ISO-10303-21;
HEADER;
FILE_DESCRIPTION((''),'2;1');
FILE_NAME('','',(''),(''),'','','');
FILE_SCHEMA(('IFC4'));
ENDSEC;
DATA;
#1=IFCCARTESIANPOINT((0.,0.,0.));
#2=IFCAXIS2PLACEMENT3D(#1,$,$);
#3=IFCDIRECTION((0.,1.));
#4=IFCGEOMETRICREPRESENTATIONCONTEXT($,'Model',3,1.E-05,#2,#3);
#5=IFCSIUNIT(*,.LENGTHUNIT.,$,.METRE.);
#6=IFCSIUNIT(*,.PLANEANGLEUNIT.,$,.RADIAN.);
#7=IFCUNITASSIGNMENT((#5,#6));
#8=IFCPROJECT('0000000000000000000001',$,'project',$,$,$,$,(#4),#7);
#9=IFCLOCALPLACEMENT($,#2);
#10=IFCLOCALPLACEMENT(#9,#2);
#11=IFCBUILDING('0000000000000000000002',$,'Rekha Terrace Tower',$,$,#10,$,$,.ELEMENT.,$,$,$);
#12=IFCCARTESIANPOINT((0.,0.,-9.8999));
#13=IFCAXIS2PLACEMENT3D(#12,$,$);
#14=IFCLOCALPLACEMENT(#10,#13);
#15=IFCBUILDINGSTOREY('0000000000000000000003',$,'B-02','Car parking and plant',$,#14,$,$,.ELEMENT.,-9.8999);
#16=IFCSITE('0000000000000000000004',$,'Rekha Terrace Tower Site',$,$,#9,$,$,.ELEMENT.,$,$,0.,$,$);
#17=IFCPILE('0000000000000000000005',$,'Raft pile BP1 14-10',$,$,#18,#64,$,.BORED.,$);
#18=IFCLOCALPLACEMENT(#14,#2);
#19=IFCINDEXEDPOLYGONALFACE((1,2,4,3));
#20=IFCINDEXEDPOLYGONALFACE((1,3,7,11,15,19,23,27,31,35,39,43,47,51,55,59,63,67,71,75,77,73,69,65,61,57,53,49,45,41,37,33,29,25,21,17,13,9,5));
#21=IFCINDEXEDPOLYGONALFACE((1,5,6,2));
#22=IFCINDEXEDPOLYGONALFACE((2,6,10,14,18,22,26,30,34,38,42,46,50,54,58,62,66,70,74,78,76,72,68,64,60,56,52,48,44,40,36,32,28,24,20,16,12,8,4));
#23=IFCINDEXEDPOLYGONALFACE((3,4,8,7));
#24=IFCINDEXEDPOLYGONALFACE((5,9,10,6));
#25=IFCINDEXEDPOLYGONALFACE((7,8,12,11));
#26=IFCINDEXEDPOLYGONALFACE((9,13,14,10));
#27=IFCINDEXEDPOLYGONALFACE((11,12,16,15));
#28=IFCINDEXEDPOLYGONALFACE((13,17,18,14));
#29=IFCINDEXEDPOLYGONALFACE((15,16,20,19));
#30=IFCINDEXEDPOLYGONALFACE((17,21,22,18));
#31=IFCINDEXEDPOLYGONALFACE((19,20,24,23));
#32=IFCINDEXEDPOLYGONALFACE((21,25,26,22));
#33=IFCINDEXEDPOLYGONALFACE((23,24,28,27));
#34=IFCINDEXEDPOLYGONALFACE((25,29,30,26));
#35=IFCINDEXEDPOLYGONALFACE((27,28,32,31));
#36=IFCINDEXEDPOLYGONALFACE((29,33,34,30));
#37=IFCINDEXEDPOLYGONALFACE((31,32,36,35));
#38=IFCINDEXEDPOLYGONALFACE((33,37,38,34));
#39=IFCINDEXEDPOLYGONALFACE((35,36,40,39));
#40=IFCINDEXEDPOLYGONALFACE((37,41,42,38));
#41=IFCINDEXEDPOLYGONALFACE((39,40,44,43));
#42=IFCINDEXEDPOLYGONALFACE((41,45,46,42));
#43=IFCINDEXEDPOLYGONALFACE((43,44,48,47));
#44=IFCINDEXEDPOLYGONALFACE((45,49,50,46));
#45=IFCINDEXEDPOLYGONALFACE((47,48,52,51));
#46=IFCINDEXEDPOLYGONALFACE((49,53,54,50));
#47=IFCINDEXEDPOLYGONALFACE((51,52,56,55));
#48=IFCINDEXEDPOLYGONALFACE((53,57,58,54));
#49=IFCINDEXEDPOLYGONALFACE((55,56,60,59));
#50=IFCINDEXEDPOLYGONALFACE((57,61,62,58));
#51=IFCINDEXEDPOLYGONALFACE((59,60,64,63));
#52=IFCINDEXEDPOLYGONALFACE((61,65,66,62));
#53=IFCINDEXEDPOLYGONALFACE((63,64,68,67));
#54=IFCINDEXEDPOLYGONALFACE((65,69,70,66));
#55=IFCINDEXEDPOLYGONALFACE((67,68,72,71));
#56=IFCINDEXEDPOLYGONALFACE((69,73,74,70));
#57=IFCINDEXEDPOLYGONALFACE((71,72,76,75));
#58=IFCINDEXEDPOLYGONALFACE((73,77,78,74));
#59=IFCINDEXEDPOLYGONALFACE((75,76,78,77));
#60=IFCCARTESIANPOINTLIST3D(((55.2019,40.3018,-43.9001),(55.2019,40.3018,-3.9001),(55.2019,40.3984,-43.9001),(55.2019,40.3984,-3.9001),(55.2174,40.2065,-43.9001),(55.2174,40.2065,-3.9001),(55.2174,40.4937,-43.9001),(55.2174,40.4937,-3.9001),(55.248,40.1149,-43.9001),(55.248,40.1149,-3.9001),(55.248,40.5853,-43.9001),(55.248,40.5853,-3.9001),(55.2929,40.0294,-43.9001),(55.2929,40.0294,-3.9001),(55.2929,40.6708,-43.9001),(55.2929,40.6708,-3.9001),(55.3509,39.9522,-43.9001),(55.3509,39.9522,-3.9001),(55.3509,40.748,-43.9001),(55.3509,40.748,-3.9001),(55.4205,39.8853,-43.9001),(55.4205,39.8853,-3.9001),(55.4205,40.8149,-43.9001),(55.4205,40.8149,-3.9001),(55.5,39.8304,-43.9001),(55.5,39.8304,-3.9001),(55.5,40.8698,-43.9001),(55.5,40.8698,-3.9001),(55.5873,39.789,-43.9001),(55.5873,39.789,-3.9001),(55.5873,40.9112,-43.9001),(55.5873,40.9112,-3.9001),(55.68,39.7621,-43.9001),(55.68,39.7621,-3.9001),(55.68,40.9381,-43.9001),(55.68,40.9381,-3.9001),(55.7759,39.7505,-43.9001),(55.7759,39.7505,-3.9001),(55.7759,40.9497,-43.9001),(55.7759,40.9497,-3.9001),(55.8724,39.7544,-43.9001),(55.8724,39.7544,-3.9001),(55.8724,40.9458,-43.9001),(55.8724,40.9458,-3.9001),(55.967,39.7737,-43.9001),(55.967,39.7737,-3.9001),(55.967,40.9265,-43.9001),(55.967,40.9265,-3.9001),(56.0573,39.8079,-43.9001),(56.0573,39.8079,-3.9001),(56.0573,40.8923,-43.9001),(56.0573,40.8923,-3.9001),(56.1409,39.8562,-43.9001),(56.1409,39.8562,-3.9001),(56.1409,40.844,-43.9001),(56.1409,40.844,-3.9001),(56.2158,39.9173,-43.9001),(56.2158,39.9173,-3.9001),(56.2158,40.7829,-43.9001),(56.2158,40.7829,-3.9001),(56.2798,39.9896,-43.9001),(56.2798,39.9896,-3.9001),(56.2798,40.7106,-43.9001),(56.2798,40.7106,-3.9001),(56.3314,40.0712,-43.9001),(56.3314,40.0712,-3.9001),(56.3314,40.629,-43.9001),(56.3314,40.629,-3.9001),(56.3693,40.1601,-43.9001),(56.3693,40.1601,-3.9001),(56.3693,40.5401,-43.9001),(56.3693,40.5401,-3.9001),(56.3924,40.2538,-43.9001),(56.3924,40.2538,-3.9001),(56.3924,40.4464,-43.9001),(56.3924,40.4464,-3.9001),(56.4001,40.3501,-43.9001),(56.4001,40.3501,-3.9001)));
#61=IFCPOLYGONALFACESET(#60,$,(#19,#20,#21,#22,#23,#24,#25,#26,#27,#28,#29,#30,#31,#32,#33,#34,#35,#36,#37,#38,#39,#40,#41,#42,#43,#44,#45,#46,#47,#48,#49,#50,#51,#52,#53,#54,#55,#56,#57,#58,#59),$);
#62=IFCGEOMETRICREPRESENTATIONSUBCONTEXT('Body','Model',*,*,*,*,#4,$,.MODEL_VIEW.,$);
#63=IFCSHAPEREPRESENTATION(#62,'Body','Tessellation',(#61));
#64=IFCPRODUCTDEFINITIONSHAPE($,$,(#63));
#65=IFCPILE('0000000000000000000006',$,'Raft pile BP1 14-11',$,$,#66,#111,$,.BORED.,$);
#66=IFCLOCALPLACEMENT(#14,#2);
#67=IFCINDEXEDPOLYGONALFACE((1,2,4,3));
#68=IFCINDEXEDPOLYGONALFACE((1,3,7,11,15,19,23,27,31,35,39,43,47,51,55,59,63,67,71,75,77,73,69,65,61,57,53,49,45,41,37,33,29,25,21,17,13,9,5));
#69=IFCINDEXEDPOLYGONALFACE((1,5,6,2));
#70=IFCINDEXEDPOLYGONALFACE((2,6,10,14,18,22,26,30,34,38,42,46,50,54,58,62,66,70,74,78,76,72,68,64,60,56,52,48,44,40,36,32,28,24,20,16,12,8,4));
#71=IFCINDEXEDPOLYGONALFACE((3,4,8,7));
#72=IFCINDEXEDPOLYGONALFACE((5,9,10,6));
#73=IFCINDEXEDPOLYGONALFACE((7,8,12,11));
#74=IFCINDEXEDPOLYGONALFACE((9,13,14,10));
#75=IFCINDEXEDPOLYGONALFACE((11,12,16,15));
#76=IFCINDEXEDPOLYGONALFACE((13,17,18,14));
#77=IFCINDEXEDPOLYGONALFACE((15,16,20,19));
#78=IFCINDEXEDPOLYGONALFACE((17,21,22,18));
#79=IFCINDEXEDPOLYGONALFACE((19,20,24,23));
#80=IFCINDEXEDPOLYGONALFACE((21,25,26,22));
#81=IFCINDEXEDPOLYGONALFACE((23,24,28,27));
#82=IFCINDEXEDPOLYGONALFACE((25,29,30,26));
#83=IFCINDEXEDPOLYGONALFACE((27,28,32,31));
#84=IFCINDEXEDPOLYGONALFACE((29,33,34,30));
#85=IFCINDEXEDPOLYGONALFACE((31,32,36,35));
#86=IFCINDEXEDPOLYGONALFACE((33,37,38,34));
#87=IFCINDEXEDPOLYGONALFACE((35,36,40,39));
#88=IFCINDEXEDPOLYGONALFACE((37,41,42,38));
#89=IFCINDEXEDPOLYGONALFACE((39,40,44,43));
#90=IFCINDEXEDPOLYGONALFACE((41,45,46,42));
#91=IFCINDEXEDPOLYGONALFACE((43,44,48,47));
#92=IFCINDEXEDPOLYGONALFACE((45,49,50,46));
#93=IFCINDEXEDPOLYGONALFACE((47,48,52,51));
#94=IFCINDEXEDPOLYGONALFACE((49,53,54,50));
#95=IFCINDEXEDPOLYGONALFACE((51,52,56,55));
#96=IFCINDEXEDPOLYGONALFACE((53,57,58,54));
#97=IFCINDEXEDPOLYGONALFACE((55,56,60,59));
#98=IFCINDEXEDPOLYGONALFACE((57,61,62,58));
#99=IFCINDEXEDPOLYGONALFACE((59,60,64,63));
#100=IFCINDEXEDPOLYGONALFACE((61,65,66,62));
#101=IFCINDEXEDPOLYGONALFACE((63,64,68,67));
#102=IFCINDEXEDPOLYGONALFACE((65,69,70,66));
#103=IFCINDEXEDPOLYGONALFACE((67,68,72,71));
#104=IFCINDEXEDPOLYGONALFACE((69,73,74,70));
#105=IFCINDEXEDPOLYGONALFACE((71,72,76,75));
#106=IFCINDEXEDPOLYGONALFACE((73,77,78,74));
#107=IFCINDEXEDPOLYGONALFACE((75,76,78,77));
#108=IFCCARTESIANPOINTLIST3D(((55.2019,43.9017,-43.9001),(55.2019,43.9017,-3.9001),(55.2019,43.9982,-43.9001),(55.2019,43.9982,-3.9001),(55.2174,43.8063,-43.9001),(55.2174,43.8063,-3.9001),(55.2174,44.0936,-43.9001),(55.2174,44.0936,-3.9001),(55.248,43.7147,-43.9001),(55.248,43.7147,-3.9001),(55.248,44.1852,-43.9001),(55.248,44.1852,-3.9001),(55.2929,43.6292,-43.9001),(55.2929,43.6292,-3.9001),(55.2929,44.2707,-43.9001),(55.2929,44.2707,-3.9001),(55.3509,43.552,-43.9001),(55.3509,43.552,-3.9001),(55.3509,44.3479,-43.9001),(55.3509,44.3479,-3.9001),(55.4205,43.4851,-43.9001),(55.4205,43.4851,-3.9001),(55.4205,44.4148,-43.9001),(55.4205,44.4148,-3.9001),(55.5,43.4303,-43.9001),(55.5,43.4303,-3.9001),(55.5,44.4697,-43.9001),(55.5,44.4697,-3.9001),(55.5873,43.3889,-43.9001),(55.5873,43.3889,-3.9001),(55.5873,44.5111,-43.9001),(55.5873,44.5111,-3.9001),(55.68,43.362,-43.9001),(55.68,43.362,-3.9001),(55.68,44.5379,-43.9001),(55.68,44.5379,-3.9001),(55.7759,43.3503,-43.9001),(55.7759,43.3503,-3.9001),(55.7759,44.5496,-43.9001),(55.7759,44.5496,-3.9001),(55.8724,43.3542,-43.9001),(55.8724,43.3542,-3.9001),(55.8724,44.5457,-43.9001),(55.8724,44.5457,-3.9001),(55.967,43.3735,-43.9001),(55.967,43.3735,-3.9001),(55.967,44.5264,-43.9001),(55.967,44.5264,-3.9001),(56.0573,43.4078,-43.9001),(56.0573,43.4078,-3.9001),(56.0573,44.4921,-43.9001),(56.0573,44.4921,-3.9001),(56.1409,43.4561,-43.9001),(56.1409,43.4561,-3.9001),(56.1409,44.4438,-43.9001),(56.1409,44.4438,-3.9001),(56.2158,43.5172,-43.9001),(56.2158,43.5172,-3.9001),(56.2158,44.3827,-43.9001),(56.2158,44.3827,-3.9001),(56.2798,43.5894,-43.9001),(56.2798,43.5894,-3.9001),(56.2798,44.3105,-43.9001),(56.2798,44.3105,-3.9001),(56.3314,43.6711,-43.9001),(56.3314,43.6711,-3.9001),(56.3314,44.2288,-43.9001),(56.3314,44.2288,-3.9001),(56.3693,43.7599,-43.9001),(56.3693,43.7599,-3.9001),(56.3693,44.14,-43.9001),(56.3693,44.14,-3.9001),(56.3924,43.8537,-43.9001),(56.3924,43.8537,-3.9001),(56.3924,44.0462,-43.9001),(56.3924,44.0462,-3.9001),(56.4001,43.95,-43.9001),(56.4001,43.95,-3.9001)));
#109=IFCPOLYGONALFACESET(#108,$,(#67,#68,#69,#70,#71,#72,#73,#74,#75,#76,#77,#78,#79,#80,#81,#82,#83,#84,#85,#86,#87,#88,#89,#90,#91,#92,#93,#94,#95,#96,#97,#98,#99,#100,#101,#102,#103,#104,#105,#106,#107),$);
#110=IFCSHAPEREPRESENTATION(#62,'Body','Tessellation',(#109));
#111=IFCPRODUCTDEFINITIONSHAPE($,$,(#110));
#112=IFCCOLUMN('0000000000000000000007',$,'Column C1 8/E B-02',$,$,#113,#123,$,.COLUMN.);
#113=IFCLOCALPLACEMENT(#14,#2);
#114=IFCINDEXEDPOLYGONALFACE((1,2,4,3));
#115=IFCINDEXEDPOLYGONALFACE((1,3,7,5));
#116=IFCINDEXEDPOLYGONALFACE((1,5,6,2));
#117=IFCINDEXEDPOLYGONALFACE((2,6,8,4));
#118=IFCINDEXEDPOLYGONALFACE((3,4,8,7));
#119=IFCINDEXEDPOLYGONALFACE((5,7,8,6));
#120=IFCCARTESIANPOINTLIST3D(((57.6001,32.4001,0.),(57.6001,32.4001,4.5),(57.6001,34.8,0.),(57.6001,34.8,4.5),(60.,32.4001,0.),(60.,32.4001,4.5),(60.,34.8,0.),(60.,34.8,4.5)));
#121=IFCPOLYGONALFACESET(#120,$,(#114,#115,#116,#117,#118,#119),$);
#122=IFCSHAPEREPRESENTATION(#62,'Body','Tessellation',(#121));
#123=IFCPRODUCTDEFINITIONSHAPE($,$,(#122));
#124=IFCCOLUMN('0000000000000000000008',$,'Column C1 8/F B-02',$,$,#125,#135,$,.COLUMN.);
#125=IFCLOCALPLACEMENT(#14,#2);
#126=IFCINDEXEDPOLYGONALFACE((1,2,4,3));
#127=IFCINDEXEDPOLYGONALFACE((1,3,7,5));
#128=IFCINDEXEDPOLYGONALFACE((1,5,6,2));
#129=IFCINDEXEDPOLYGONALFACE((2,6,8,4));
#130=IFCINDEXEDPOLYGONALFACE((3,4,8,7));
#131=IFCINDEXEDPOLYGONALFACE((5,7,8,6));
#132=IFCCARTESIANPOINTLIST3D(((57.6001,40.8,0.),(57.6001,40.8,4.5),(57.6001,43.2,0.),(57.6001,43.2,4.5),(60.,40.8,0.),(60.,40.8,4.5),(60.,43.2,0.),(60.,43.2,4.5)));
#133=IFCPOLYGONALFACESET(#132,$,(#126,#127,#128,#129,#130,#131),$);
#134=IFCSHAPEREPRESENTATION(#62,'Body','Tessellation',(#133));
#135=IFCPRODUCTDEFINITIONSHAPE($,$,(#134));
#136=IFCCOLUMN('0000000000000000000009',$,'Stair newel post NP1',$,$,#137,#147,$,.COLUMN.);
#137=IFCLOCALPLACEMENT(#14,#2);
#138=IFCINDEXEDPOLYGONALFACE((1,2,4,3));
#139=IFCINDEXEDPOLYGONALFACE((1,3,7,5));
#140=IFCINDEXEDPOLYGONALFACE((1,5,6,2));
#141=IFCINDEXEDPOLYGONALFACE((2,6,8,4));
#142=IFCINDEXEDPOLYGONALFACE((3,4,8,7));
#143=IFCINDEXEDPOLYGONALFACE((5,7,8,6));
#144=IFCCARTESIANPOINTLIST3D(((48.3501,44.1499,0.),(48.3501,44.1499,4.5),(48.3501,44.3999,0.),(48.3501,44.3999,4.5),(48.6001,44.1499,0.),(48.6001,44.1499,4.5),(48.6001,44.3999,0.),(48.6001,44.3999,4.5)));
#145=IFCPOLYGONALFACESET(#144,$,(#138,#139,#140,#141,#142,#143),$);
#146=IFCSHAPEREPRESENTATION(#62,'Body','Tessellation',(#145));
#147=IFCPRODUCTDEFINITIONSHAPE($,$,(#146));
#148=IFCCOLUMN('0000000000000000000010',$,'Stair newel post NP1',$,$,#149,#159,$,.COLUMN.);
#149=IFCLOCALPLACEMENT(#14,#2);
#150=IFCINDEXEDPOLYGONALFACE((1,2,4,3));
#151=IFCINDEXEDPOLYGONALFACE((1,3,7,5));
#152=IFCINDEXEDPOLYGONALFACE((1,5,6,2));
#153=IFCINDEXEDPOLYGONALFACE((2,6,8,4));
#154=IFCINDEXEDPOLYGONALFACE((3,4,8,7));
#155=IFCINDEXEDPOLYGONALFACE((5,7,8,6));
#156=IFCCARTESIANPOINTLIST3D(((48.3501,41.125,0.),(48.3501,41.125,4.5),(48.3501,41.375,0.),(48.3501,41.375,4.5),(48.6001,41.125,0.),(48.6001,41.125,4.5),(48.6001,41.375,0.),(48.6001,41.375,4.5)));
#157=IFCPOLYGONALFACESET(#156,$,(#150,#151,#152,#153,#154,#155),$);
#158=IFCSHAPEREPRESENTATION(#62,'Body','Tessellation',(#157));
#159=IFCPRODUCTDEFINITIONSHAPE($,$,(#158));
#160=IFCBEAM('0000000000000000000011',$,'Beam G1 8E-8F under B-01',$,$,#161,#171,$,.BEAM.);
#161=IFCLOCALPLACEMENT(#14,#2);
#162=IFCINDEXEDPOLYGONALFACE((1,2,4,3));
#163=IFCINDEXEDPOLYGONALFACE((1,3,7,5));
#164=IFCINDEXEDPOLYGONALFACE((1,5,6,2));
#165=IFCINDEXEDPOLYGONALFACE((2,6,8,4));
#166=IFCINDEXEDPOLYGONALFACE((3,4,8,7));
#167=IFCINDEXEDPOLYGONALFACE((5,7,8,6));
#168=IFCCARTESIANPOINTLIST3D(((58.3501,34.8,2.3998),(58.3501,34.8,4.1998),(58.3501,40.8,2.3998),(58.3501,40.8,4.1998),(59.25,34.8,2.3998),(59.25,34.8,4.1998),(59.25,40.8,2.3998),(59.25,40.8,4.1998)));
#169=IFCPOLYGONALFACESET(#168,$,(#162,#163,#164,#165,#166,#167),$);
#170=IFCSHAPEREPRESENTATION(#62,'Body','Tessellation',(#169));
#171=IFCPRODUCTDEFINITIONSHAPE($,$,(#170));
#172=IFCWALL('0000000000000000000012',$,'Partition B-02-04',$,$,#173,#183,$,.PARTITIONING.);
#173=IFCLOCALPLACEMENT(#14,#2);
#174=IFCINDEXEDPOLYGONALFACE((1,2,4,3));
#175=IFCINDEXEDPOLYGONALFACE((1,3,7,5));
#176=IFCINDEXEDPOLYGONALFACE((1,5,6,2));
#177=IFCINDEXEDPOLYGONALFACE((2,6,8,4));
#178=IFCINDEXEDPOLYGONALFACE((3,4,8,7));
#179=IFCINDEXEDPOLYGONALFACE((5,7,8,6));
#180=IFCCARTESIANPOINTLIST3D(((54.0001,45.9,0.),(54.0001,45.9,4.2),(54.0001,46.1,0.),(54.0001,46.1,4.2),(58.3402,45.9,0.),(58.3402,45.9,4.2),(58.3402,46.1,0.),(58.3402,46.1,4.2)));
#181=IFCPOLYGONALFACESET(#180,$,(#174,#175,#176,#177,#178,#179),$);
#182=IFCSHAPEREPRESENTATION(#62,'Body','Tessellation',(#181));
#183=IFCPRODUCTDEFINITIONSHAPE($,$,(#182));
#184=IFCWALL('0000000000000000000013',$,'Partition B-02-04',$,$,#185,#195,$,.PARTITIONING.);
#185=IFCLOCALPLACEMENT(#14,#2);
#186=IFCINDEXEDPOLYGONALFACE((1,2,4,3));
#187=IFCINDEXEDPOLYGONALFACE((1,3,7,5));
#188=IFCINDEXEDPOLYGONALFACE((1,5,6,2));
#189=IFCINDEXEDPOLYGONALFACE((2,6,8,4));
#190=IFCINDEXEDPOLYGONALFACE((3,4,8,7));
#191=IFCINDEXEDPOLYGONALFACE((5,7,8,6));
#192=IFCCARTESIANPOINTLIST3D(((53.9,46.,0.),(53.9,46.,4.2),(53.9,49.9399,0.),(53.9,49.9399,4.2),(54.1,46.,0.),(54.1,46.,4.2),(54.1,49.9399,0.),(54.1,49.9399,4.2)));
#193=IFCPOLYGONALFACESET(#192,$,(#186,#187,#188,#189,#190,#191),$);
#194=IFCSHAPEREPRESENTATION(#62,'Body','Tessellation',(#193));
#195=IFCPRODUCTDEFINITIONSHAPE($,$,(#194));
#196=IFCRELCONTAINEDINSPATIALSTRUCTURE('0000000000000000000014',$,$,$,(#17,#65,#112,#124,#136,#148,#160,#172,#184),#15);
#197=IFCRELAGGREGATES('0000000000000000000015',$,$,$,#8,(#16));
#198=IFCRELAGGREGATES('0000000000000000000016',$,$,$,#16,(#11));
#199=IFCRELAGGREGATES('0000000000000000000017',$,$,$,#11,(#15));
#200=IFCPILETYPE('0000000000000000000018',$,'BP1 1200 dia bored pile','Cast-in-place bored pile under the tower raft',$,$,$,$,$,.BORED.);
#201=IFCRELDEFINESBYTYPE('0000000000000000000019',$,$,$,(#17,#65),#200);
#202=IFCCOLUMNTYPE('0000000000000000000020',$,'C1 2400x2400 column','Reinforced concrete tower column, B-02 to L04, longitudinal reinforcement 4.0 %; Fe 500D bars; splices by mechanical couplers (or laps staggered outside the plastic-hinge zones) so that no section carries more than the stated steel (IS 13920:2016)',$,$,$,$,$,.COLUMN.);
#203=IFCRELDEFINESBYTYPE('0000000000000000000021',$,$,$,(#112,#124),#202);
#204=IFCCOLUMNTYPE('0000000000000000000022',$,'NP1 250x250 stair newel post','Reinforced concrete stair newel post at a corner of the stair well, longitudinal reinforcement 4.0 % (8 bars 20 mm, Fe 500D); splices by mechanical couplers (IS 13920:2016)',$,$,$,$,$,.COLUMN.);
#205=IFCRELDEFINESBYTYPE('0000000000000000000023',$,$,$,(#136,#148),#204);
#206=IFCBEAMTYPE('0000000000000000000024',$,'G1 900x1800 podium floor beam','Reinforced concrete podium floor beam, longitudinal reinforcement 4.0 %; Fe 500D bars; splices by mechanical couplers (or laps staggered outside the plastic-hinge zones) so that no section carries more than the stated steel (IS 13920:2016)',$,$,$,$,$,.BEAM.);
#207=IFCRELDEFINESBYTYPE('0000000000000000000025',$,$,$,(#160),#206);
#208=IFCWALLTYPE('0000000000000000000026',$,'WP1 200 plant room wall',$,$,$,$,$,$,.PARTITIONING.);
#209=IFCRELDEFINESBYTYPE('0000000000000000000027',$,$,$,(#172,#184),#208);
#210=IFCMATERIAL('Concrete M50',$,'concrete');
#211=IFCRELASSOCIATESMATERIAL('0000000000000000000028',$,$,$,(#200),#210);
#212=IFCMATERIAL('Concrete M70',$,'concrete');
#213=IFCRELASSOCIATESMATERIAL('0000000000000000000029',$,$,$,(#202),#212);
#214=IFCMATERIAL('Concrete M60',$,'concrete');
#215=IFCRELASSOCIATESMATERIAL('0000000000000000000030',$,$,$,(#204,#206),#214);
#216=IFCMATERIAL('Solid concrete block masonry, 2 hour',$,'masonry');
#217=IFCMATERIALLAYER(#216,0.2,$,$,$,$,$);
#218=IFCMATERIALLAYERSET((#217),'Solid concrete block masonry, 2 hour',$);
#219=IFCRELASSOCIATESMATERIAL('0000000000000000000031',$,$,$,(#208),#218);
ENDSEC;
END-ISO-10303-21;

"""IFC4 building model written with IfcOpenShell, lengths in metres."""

from ifc_helpers import new_model, si_unit, direction, frame, frame_2d, origin, origin_2d, place, context, subcontext, project, spatial, rectangle, circle, extrude, material, layer, layer_set, material_profile, profile_set, type_object, element, save


model = new_model("IFC4")

# Units and contexts
model_context = context("Model", 3, precision=1e-05, world=origin(), true_north=direction((0.0, 1.0)))
body_context = subcontext(model_context, "Body", "Model", "MODEL_VIEW")
ifc_project = project(units=[si_unit("LENGTHUNIT", "METRE"), si_unit("PLANEANGLEUNIT", "RADIAN")], contexts=[model_context])

# Site, building, storey
site_placement = place(None, origin())
site = spatial("IfcSite", under=ifc_project, at=site_placement, Name="Rekha Terrace Tower Site", CompositionType="ELEMENT", RefElevation=0.0)
building_placement = place(site_placement, origin())
building = spatial("IfcBuilding", under=site, at=building_placement, Name="Rekha Terrace Tower", CompositionType="ELEMENT")
storey_placement = place(building_placement, frame((0.0, 0.0, -9.8999)))
storey = spatial("IfcBuildingStorey", under=building, at=storey_placement, Name="B-02", Description="Car parking and plant", CompositionType="ELEMENT", Elevation=-9.8999)

# Piles
ifc_material_1 = material(Name="Concrete M50", Category="concrete")
pile_type = type_object("IfcPileType", Name="BP1 1200 dia bored pile", Description="Cast-in-place bored pile under the tower raft", PredefinedType="BORED", material=ifc_material_1)
for number, where, z_axis, x_axis, name in (
    (1, (55.8, 40.3501, -3.9001), (0.0, 0.0, -1.0), (1.0, 0.0, 0.0), "Raft pile BP1 14-10"),
    (2, (55.8, 43.95, -3.9001), (0.0, 0.0, -1.0), (1.0, 0.0, 0.0), "Raft pile BP1 14-11"),
):
    element("IfcPile", number, at=place(storey_placement, frame(where, z_axis=z_axis, x_axis=x_axis)), inside=storey, type_object=pile_type, Name=name, PredefinedType="BORED", context=body_context, shape_type="SweptSolid", body=[
        extrude(circle(Radius=0.6001, at=origin_2d()), origin(), (0.0, 0.0, 1.0), 40.0),
    ])

# Columns
ifc_material_2 = material(Name="Concrete M70", Category="concrete")
ifc_material_profile_1 = material_profile(ifc_material_2, rectangle(XDim=2.3999, YDim=2.3999, at=origin_2d()), Name="RC 2400x2400")
ifc_profile_set_1 = profile_set([ifc_material_profile_1], Name="Concrete M70")
column_type_1 = type_object("IfcColumnType", Name="C1 2400x2400 column", Description="Reinforced concrete tower column, B-02 to L04, longitudinal reinforcement 4.0 %; Fe 500D bars; splices by mechanical couplers (or laps staggered outside the plastic-hinge zones) so that no section carries more than the stated steel (IS 13920:2016)", PredefinedType="COLUMN", material=ifc_profile_set_1)
for number, where, z_axis, x_axis, name in (
    (3, (58.8, 33.6001, 0.0), (0.0, 0.0, 1.0), (1.0, 0.0, 0.0), "Column C1 8/E B-02"),
    (4, (58.8, 42.0, 0.0), (0.0, 0.0, 1.0), (1.0, 0.0, 0.0), "Column C1 8/F B-02"),
):
    element("IfcColumn", number, at=place(storey_placement, frame(where, z_axis=z_axis, x_axis=x_axis)), inside=storey, type_object=column_type_1, Name=name, PredefinedType="COLUMN", context=body_context, shape_type="SweptSolid", body=[
        extrude(rectangle(XDim=2.3999, YDim=2.3999, at=origin_2d()), origin(), (0.0, 0.0, 1.0), 4.5),
    ])
ifc_material_3 = material(Name="Concrete M60", Category="concrete")
ifc_material_profile_2 = material_profile(ifc_material_3, rectangle(XDim=0.25, YDim=0.25, at=origin_2d()), Name="RC 250x250")
ifc_profile_set_2 = profile_set([ifc_material_profile_2], Name="Concrete M60")
column_type_2 = type_object("IfcColumnType", Name="NP1 250x250 stair newel post", Description="Reinforced concrete stair newel post at a corner of the stair well, longitudinal reinforcement 4.0 % (8 bars 20 mm, Fe 500D); splices by mechanical couplers (IS 13920:2016)", PredefinedType="COLUMN", material=ifc_profile_set_2)
for number, where, z_axis, x_axis, name in (
    (5, (48.4751, 44.2749, 0.0), (0.0, 0.0, 1.0), (1.0, 0.0, 0.0), "Stair newel post NP1"),
    (6, (48.4751, 41.25, 0.0), (0.0, 0.0, 1.0), (1.0, 0.0, 0.0), "Stair newel post NP1"),
):
    element("IfcColumn", number, at=place(storey_placement, frame(where, z_axis=z_axis, x_axis=x_axis)), inside=storey, type_object=column_type_2, Name=name, PredefinedType="COLUMN", context=body_context, shape_type="SweptSolid", body=[
        extrude(rectangle(XDim=0.25, YDim=0.25, at=origin_2d()), origin(), (0.0, 0.0, 1.0), 4.5),
    ])

# Beam
ifc_material_profile_3 = material_profile(ifc_material_3, rectangle(XDim=0.8999, YDim=1.8, at=origin_2d()), Name="RC 900x1800")
ifc_profile_set_3 = profile_set([ifc_material_profile_3], Name="Concrete M60")
beam_type = type_object("IfcBeamType", Name="G1 900x1800 podium floor beam", Description="Reinforced concrete podium floor beam, longitudinal reinforcement 4.0 %; Fe 500D bars; splices by mechanical couplers (or laps staggered outside the plastic-hinge zones) so that no section carries more than the stated steel (IS 13920:2016)", PredefinedType="BEAM", material=ifc_profile_set_3)
beam_placement = place(storey_placement, frame((58.8, 34.8, 3.2998), z_axis=(0.0, 1.0, 0.0), x_axis=(-1.0, 0.0, 0.0)))
element("IfcBeam", 7, at=beam_placement, inside=storey, type_object=beam_type, Name="Beam G1 8E-8F under B-01", PredefinedType="BEAM", context=body_context, shape_type="SweptSolid", body=[
    extrude(rectangle(XDim=0.8999, YDim=1.8, at=origin_2d()), origin(), (0.0, 0.0, 1.0), 6.0),
])

# Walls
ifc_material_4 = material(Name="Solid concrete block masonry, 2 hour", Category="masonry")
ifc_layer = layer(ifc_material_4, 0.2)
ifc_layer_set = layer_set([ifc_layer], Name="Solid concrete block masonry, 2 hour")
wall_type = type_object("IfcWallType", Name="WP1 200 plant room wall", PredefinedType="PARTITIONING", material=ifc_layer_set)
wall_1_placement = place(storey_placement, frame((58.3401, 46.0, 0.0), z_axis=(0.0, 0.0, 1.0), x_axis=(-1.0, 0.0, 0.0)))
element("IfcWall", 8, at=wall_1_placement, inside=storey, type_object=wall_type, Name="Partition B-02-04", PredefinedType="PARTITIONING", context=body_context, shape_type="SweptSolid", body=[
    extrude(rectangle(XDim=4.3401, YDim=0.2, at=frame_2d((2.1699, 0.0))), origin(), (0.0, 0.0, 1.0), 4.2),
])
wall_2_placement = place(storey_placement, frame((54.0, 46.0, 0.0), z_axis=(0.0, 0.0, 1.0), x_axis=(0.0, 1.0, 0.0)))
element("IfcWall", 9, at=wall_2_placement, inside=storey, type_object=wall_type, Name="Partition B-02-04", PredefinedType="PARTITIONING", context=body_context, shape_type="SweptSolid", body=[
    extrude(rectangle(XDim=3.9399, YDim=0.2, at=frame_2d((1.97, 0.0))), origin(), (0.0, 0.0, 1.0), 4.2),
])

save(model, "model.ifc")
